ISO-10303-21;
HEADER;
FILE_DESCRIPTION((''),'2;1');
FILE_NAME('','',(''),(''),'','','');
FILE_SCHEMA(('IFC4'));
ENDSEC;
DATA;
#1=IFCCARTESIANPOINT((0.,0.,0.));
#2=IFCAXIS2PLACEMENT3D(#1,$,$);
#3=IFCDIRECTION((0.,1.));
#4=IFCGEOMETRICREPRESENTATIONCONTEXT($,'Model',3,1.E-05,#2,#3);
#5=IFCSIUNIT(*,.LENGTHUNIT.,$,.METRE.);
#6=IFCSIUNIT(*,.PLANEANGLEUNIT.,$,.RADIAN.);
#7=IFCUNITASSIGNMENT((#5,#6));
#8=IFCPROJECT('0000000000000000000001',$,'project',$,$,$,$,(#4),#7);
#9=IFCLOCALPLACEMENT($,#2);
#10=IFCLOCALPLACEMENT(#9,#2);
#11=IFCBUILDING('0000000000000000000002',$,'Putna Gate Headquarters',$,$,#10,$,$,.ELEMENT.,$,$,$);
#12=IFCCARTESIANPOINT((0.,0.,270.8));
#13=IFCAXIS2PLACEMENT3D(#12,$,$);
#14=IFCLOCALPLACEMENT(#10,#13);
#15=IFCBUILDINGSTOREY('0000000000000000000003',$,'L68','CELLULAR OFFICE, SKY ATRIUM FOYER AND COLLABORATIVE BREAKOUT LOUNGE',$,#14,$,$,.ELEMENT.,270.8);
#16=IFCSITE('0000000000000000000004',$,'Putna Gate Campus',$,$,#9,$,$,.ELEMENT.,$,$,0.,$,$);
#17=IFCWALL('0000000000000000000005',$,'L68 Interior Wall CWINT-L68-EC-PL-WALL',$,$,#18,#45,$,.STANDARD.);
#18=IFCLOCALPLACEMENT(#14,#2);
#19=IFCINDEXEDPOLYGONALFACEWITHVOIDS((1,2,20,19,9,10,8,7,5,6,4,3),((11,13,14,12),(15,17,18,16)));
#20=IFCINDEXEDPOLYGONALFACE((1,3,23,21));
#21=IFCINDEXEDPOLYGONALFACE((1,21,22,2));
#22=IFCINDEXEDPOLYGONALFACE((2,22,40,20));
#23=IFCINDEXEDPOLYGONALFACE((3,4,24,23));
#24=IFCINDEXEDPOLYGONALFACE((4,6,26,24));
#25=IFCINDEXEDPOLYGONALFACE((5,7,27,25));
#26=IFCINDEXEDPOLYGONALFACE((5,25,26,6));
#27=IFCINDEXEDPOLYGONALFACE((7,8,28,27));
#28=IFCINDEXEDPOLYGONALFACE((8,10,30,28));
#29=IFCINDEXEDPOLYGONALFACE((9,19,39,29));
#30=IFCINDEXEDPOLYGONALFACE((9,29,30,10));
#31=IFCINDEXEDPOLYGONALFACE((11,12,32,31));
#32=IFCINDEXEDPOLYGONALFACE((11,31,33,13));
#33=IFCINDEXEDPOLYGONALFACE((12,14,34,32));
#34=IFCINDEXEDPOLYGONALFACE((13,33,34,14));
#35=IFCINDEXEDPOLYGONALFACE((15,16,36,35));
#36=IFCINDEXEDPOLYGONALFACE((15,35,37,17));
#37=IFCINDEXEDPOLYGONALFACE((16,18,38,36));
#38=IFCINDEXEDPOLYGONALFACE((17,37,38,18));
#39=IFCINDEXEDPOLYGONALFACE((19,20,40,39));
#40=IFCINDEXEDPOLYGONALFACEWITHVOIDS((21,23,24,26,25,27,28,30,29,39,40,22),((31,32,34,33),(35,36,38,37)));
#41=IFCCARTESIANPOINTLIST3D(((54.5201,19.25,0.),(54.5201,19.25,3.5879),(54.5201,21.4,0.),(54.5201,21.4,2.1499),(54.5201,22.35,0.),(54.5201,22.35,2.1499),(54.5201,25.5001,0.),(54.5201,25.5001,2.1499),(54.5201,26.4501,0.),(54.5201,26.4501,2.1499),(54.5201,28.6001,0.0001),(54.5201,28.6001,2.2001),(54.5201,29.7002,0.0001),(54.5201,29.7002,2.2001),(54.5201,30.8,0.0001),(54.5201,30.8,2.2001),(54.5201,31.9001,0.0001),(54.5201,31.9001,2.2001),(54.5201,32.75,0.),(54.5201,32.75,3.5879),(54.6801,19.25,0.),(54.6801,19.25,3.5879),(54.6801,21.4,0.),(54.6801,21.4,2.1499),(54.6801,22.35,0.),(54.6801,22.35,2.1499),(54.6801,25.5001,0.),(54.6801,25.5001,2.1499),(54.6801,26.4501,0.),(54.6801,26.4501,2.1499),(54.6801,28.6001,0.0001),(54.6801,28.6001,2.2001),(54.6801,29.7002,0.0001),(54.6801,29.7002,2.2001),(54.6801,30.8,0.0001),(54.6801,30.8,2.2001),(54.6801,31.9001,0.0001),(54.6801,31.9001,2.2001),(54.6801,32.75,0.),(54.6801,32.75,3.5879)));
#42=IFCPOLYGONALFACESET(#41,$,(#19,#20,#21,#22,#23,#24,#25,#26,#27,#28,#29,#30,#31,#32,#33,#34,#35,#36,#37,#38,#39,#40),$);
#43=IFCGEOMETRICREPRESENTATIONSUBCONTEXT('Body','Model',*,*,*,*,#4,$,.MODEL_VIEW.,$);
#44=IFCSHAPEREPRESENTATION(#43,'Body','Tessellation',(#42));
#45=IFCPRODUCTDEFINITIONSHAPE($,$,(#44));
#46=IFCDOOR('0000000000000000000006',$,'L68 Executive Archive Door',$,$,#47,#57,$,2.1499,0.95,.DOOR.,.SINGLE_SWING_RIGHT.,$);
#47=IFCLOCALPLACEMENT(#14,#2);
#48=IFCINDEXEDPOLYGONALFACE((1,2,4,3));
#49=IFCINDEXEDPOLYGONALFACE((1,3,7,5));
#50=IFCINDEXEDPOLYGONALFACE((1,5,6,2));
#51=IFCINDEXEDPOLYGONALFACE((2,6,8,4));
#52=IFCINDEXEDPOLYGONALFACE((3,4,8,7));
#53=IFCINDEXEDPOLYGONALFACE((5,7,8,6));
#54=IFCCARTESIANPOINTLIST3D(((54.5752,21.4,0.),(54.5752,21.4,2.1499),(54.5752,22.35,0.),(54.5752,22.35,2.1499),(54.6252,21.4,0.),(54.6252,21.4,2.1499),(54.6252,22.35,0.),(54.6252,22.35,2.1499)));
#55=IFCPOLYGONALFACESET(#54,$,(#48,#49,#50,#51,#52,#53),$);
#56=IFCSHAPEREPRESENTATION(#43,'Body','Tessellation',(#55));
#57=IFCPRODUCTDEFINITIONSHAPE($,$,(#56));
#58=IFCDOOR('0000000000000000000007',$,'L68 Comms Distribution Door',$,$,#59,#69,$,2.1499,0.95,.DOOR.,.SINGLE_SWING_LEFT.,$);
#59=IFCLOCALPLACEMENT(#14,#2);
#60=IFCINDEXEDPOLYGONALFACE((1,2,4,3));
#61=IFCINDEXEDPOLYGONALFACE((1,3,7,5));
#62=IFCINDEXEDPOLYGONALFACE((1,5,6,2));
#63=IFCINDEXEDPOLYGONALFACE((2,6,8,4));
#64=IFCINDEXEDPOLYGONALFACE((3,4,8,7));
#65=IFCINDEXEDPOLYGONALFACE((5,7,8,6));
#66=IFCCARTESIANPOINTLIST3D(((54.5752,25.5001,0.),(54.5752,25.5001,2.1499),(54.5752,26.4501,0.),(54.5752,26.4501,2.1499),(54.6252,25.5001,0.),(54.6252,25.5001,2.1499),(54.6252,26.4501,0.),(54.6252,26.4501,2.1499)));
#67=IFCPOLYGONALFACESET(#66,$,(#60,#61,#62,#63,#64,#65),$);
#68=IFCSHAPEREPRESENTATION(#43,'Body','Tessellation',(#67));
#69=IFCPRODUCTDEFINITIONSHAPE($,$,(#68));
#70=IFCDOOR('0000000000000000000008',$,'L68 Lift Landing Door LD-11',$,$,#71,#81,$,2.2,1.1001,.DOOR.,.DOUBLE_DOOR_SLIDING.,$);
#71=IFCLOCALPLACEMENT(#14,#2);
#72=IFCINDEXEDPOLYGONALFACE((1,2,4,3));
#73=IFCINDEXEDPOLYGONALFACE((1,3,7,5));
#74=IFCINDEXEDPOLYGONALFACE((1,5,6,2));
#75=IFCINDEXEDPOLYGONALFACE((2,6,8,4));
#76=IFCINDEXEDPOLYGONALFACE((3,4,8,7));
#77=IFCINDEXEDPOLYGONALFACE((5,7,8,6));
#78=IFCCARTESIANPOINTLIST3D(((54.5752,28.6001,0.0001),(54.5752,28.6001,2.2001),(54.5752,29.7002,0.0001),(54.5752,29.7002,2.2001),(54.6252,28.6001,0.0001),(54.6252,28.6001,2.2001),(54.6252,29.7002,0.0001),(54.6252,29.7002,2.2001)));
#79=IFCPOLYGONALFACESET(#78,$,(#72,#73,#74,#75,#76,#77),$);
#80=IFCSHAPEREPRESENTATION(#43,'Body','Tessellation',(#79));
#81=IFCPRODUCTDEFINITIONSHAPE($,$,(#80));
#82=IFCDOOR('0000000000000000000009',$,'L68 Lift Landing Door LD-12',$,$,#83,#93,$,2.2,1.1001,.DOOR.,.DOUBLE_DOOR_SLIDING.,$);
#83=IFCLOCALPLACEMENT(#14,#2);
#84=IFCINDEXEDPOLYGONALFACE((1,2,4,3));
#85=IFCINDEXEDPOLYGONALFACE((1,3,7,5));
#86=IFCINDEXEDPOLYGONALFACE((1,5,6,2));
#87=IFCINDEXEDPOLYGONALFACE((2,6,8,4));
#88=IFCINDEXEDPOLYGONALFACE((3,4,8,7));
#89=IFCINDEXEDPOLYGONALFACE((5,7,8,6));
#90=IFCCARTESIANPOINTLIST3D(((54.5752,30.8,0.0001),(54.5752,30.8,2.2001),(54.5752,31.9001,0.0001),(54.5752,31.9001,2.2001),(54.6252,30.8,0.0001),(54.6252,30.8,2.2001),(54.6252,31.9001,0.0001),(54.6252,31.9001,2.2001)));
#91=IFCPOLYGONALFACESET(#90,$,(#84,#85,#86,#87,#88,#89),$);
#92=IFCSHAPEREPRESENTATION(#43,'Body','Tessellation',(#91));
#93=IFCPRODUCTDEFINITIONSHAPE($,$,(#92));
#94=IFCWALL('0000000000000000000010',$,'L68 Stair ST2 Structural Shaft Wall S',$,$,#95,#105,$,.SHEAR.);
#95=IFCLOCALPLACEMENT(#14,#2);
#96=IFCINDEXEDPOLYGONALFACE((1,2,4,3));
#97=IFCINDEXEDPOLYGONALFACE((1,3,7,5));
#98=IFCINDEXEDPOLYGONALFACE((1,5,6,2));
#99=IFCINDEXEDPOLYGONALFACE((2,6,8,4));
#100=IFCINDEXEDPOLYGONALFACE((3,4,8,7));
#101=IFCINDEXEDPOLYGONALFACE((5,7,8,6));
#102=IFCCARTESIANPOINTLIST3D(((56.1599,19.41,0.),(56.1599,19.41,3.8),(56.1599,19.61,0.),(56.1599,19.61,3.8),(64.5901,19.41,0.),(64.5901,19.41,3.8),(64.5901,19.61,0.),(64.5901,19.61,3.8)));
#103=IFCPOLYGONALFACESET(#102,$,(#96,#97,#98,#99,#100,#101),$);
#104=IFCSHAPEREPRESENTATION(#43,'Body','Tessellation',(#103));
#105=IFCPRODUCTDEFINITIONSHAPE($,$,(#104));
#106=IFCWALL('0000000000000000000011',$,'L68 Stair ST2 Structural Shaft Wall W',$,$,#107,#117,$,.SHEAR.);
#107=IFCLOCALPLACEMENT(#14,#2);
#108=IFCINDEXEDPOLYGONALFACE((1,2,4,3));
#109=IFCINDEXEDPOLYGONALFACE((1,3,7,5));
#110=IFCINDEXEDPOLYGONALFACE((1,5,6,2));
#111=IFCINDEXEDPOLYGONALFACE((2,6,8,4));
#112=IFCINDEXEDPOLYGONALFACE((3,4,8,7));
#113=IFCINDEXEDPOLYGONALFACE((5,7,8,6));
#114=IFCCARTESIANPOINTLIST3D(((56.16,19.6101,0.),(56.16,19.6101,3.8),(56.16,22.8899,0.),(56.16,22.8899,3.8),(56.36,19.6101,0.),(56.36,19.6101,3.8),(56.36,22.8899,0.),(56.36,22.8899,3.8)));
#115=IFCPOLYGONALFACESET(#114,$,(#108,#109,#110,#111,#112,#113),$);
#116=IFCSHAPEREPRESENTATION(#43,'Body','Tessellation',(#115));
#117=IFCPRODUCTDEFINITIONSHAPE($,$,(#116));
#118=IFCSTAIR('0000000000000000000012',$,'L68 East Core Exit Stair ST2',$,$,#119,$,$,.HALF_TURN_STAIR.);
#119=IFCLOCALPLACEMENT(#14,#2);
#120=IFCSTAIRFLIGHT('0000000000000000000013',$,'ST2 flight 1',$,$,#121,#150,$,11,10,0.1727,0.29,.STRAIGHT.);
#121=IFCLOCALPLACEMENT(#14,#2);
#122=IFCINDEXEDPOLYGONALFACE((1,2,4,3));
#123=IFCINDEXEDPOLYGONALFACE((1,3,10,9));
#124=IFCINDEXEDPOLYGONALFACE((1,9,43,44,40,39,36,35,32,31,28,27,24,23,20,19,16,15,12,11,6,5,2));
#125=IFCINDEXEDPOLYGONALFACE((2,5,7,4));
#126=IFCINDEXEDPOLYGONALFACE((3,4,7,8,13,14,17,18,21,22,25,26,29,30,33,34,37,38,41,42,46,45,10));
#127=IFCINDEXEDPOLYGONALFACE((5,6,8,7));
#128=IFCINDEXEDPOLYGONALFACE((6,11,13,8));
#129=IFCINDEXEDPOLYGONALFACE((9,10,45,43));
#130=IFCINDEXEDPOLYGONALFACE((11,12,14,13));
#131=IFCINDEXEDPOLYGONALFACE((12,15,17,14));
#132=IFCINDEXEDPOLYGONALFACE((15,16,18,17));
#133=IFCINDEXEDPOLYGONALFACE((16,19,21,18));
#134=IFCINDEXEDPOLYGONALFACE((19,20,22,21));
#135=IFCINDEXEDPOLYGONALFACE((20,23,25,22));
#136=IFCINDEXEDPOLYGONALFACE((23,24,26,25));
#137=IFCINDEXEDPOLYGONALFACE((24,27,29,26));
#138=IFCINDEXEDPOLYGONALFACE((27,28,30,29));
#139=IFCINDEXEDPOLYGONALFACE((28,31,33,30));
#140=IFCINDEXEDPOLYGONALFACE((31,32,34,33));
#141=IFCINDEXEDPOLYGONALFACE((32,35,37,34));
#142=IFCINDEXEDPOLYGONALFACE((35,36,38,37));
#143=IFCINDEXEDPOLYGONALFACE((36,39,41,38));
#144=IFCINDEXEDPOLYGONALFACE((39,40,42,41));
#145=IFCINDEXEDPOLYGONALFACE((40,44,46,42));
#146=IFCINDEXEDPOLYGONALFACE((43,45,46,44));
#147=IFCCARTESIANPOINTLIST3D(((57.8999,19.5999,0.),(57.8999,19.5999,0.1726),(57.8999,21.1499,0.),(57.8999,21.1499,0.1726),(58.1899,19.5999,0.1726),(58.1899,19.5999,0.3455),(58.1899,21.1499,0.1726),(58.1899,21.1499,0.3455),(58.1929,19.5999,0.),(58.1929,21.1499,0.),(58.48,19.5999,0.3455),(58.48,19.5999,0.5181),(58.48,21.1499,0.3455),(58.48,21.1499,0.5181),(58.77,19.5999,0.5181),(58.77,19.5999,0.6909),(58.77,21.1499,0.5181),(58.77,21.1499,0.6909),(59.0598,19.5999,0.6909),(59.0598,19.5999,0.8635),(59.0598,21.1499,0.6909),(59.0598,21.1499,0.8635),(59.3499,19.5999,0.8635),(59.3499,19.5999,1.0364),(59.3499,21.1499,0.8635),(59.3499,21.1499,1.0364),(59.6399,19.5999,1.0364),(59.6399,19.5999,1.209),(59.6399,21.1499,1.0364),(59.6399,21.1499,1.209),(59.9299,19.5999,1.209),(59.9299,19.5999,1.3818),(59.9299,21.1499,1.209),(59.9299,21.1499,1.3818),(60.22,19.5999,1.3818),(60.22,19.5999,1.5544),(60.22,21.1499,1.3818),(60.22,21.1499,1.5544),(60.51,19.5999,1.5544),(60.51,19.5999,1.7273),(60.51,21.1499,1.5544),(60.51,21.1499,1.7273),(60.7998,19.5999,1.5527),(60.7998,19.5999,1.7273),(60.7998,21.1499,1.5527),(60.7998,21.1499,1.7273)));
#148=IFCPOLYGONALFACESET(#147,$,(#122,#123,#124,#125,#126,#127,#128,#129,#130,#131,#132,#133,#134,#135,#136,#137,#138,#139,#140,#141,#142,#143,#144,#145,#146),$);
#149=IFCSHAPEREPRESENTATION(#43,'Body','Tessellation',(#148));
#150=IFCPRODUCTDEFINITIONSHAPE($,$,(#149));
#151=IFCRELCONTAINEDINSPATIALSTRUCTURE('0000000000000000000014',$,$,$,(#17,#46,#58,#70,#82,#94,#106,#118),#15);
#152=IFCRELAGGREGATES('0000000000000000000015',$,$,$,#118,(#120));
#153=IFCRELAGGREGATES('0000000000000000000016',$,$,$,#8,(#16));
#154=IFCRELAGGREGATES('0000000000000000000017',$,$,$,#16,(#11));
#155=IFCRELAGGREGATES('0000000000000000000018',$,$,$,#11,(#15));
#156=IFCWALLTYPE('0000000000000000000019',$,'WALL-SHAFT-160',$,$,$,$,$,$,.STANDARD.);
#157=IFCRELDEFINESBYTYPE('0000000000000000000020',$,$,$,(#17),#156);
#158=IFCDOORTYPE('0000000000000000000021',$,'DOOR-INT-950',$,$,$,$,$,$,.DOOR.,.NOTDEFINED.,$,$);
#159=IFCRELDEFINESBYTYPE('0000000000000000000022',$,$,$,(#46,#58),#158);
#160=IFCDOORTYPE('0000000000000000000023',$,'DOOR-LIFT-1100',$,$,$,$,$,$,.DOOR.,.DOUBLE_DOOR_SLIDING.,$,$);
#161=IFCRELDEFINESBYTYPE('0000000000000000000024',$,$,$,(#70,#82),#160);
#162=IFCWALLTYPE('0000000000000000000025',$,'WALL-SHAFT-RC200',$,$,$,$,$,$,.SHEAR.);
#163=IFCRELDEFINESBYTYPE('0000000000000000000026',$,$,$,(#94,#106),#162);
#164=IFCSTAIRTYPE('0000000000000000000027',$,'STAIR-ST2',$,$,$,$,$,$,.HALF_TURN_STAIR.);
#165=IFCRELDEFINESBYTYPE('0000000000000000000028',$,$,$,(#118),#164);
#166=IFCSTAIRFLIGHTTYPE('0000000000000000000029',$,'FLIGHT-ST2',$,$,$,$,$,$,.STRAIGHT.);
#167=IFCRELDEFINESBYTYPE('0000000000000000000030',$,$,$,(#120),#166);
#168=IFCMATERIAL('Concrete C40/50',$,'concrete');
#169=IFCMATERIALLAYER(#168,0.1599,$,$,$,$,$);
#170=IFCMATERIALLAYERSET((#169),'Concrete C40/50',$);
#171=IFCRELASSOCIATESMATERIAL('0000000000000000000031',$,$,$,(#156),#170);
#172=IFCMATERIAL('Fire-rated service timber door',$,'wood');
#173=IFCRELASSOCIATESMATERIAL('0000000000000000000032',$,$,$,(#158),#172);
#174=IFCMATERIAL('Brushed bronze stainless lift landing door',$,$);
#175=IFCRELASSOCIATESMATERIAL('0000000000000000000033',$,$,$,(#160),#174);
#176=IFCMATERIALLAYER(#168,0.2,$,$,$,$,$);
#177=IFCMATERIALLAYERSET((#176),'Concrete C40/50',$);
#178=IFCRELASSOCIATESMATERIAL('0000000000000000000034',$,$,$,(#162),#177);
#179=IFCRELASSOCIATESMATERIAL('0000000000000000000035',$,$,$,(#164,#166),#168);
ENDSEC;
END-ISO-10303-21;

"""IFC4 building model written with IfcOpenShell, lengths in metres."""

from ifc_helpers import new_model, si_unit, direction, frame, frame_2d, origin, place, context, subcontext, project, spatial, polyline, rectangle, outline, extrude, material, layer, layer_set, type_object, element, fill, aggregate, save


model = new_model("IFC4")

# Units and contexts
model_context = context("Model", 3, precision=1e-05, world=origin(), true_north=direction((0.0, 1.0)))
body_context = subcontext(model_context, "Body", "Model", "MODEL_VIEW")
ifc_project = project(units=[si_unit("LENGTHUNIT", "METRE"), si_unit("PLANEANGLEUNIT", "RADIAN")], contexts=[model_context])

# Site, building, storey
site_placement = place(None, origin())
site = spatial("IfcSite", under=ifc_project, at=site_placement, Name="Putna Gate Campus", CompositionType="ELEMENT", RefElevation=0.0)
building_placement = place(site_placement, origin())
building = spatial("IfcBuilding", under=site, at=building_placement, Name="Putna Gate Headquarters", CompositionType="ELEMENT")
storey_placement = place(building_placement, frame((0.0, 0.0, 270.8)))
storey = spatial("IfcBuildingStorey", under=building, at=storey_placement, Name="L68", Description="CELLULAR OFFICE, SKY ATRIUM FOYER AND COLLABORATIVE BREAKOUT LOUNGE", CompositionType="ELEMENT", Elevation=270.8)

# Wall, openings, doors
ifc_material_1 = material(Name="Concrete C40/50", Category="concrete")
ifc_layer_1 = layer(ifc_material_1, 0.1599)
ifc_layer_set_1 = layer_set([ifc_layer_1], Name="Concrete C40/50")
wall_type_1 = type_object("IfcWallType", Name="WALL-SHAFT-160", PredefinedType="STANDARD", material=ifc_layer_set_1)
wall_1_placement = place(storey_placement, frame((54.6001, 19.25, 0.0), z_axis=(0.0, 0.0, 1.0), x_axis=(0.0, 1.0, 0.0)))
wall_1 = element("IfcWall", 1, at=wall_1_placement, inside=storey, type_object=wall_type_1, Name="L68 Interior Wall CWINT-L68-EC-PL-WALL", PredefinedType="STANDARD", context=body_context, shape_type="SweptSolid", body=[
    extrude(rectangle(XDim=13.5, YDim=0.1599, at=frame_2d((6.75, 0.0))), origin(), (0.0, 0.0, 1.0), 3.5879),
])
opening_1_placement = place(wall_1_placement, frame((2.1499, 0.0, 0.0)))
opening_1 = element("IfcOpeningElement", 2, at=opening_1_placement, cuts=wall_1, PredefinedType="OPENING", context=body_context, shape_type="SweptSolid", body=[
    extrude(rectangle(XDim=0.95, YDim=2.1499, at=frame_2d((0.4751, 1.075))), frame((0.0, 0.0898, 0.0), z_axis=(0.0, -1.0, 0.0), x_axis=(1.0, 0.0, 0.0)), (0.0, 0.0, 1.0), 0.1799),
])
opening_2_placement = place(wall_1_placement, frame((6.25, 0.0, 0.0)))
opening_2 = element("IfcOpeningElement", 3, at=opening_2_placement, cuts=wall_1, PredefinedType="OPENING", context=body_context, shape_type="SweptSolid", body=[
    extrude(rectangle(XDim=0.95, YDim=2.1499, at=frame_2d((0.4751, 1.075))), frame((0.0, 0.0898, 0.0), z_axis=(0.0, -1.0, 0.0), x_axis=(1.0, 0.0, 0.0)), (0.0, 0.0, 1.0), 0.1799),
])
opening_3_placement = place(wall_1_placement, frame((9.3501, 0.0, 0.0)))
opening_3 = element("IfcOpeningElement", 4, at=opening_3_placement, cuts=wall_1, PredefinedType="OPENING", context=body_context, shape_type="SweptSolid", body=[
    extrude(rectangle(XDim=1.1001, YDim=2.2, at=frame_2d((0.55, 1.1001))), frame((0.0, 0.0898, 0.0), z_axis=(0.0, -1.0, 0.0), x_axis=(1.0, 0.0, 0.0)), (0.0, 0.0, 1.0), 0.1799),
])
opening_4_placement = place(wall_1_placement, frame((11.55, 0.0, 0.0)))
opening_4 = element("IfcOpeningElement", 5, at=opening_4_placement, cuts=wall_1, PredefinedType="OPENING", context=body_context, shape_type="SweptSolid", body=[
    extrude(rectangle(XDim=1.1001, YDim=2.2, at=frame_2d((0.55, 1.1001))), frame((0.0, 0.0898, 0.0), z_axis=(0.0, -1.0, 0.0), x_axis=(1.0, 0.0, 0.0)), (0.0, 0.0, 1.0), 0.1799),
])
ifc_material_2 = material(Name="Fire-rated service timber door", Category="wood")
door_type_1 = type_object("IfcDoorType", Name="DOOR-INT-950", OperationType="NOTDEFINED", PredefinedType="DOOR", material=ifc_material_2)
door_1_placement = place(opening_1_placement, origin())
door_1 = element("IfcDoor", 6, at=door_1_placement, inside=storey, type_object=door_type_1, Name="L68 Executive Archive Door", OperationType="SINGLE_SWING_RIGHT", OverallHeight=2.1499, OverallWidth=0.95, PredefinedType="DOOR", context=body_context, shape_type="SweptSolid", body=[
    extrude(rectangle(XDim=0.95, YDim=2.1499, at=frame_2d((0.4751, 1.075))), frame((0.0, 0.0249, 0.0), z_axis=(0.0, -1.0, 0.0), x_axis=(1.0, 0.0, 0.0)), (0.0, 0.0, 1.0), 0.05),
])
fill(opening_1, door_1)
door_2_placement = place(opening_2_placement, origin())
door_2 = element("IfcDoor", 7, at=door_2_placement, inside=storey, type_object=door_type_1, Name="L68 Comms Distribution Door", OperationType="SINGLE_SWING_LEFT", OverallHeight=2.1499, OverallWidth=0.95, PredefinedType="DOOR", context=body_context, shape_type="SweptSolid", body=[
    extrude(rectangle(XDim=0.95, YDim=2.1499, at=frame_2d((0.4751, 1.075))), frame((0.0, 0.0249, 0.0), z_axis=(0.0, -1.0, 0.0), x_axis=(1.0, 0.0, 0.0)), (0.0, 0.0, 1.0), 0.05),
])
fill(opening_2, door_2)
ifc_material_3 = material(Name="Brushed bronze stainless lift landing door")
door_type_2 = type_object("IfcDoorType", Name="DOOR-LIFT-1100", OperationType="DOUBLE_DOOR_SLIDING", PredefinedType="DOOR", material=ifc_material_3)
door_3_placement = place(opening_3_placement, origin())
door_3 = element("IfcDoor", 8, at=door_3_placement, inside=storey, type_object=door_type_2, Name="L68 Lift Landing Door LD-11", OperationType="DOUBLE_DOOR_SLIDING", OverallHeight=2.2, OverallWidth=1.1001, PredefinedType="DOOR", context=body_context, shape_type="SweptSolid", body=[
    extrude(rectangle(XDim=1.1001, YDim=2.2, at=frame_2d((0.55, 1.1001))), frame((0.0, 0.0249, 0.0), z_axis=(0.0, -1.0, 0.0), x_axis=(1.0, 0.0, 0.0)), (0.0, 0.0, 1.0), 0.05),
])
fill(opening_3, door_3)
door_4_placement = place(opening_4_placement, origin())
door_4 = element("IfcDoor", 9, at=door_4_placement, inside=storey, type_object=door_type_2, Name="L68 Lift Landing Door LD-12", OperationType="DOUBLE_DOOR_SLIDING", OverallHeight=2.2, OverallWidth=1.1001, PredefinedType="DOOR", context=body_context, shape_type="SweptSolid", body=[
    extrude(rectangle(XDim=1.1001, YDim=2.2, at=frame_2d((0.55, 1.1001))), frame((0.0, 0.0249, 0.0), z_axis=(0.0, -1.0, 0.0), x_axis=(1.0, 0.0, 0.0)), (0.0, 0.0, 1.0), 0.05),
])
fill(opening_4, door_4)

# Walls
ifc_layer_2 = layer(ifc_material_1, 0.2)
ifc_layer_set_2 = layer_set([ifc_layer_2], Name="Concrete C40/50")
wall_type_2 = type_object("IfcWallType", Name="WALL-SHAFT-RC200", PredefinedType="SHEAR", material=ifc_layer_set_2)
wall_2_placement = place(storey_placement, frame((56.1599, 19.51, 0.0), z_axis=(0.0, 0.0, 1.0), x_axis=(1.0, 0.0, 0.0)))
element("IfcWall", 10, at=wall_2_placement, inside=storey, type_object=wall_type_2, Name="L68 Stair ST2 Structural Shaft Wall S", PredefinedType="SHEAR", context=body_context, shape_type="SweptSolid", body=[
    extrude(rectangle(XDim=8.4302, YDim=0.2, at=frame_2d((4.2151, 0.0))), origin(), (0.0, 0.0, 1.0), 3.8),
])
wall_3_placement = place(storey_placement, frame((56.26, 19.6101, 0.0), z_axis=(0.0, 0.0, 1.0), x_axis=(0.0, 1.0, 0.0)))
element("IfcWall", 11, at=wall_3_placement, inside=storey, type_object=wall_type_2, Name="L68 Stair ST2 Structural Shaft Wall W", PredefinedType="SHEAR", context=body_context, shape_type="SweptSolid", body=[
    extrude(rectangle(XDim=3.2798, YDim=0.2, at=frame_2d((1.6399, 0.0))), origin(), (0.0, 0.0, 1.0), 3.8),
])

# Stair, stair flight
stair_type = type_object("IfcStairType", Name="STAIR-ST2", PredefinedType="HALF_TURN_STAIR", material=ifc_material_1)
stair_placement = place(storey_placement, origin())
stair = element("IfcStair", 12, at=stair_placement, inside=storey, type_object=stair_type, Name="L68 East Core Exit Stair ST2", PredefinedType="HALF_TURN_STAIR")
stair_flight_type = type_object("IfcStairFlightType", Name="FLIGHT-ST2", PredefinedType="STRAIGHT", material=ifc_material_1)
stair_flight_placement = place(storey_placement, frame((57.8999, 20.375, 0.0), z_axis=(0.0, 0.0, 1.0), x_axis=(1.0, 0.0, 0.0)))
stair_flight = element("IfcStairFlight", 13, at=stair_flight_placement, type_object=stair_flight_type, Name="ST2 flight 1", NumberOfRisers=11, NumberOfTreads=10, PredefinedType="STRAIGHT", RiserHeight=0.1727, TreadLength=0.29, context=body_context, shape_type="SweptSolid", body=[
    extrude(outline(polyline([(0.0, 0.0), (0.0, 0.1726), (0.29, 0.1726), (0.29, 0.3455), (0.5801, 0.3455), (0.5801, 0.5181), (0.8701, 0.5181), (0.8701, 0.6909), (1.1599, 0.6909), (1.1599, 0.8635), (1.45, 0.8635), (1.45, 1.0364), (1.74, 1.0364), (1.74, 1.209), (2.03, 1.209), (2.03, 1.3818), (2.3201, 1.3818), (2.3201, 1.5544), (2.6101, 1.5544), (2.6101, 1.7273), (2.8999, 1.7273), (2.8999, 1.8999), (2.8999, 1.5527), (0.293, 0.0), (0.0, 0.0)])), frame((0.0, 0.7749, 0.0), z_axis=(0.0, -1.0, 0.0), x_axis=(1.0, 0.0, 0.0)), (0.0, 0.0, 1.0), 1.55),
])
aggregate(stair, [stair_flight])

save(model, "model.ifc")
